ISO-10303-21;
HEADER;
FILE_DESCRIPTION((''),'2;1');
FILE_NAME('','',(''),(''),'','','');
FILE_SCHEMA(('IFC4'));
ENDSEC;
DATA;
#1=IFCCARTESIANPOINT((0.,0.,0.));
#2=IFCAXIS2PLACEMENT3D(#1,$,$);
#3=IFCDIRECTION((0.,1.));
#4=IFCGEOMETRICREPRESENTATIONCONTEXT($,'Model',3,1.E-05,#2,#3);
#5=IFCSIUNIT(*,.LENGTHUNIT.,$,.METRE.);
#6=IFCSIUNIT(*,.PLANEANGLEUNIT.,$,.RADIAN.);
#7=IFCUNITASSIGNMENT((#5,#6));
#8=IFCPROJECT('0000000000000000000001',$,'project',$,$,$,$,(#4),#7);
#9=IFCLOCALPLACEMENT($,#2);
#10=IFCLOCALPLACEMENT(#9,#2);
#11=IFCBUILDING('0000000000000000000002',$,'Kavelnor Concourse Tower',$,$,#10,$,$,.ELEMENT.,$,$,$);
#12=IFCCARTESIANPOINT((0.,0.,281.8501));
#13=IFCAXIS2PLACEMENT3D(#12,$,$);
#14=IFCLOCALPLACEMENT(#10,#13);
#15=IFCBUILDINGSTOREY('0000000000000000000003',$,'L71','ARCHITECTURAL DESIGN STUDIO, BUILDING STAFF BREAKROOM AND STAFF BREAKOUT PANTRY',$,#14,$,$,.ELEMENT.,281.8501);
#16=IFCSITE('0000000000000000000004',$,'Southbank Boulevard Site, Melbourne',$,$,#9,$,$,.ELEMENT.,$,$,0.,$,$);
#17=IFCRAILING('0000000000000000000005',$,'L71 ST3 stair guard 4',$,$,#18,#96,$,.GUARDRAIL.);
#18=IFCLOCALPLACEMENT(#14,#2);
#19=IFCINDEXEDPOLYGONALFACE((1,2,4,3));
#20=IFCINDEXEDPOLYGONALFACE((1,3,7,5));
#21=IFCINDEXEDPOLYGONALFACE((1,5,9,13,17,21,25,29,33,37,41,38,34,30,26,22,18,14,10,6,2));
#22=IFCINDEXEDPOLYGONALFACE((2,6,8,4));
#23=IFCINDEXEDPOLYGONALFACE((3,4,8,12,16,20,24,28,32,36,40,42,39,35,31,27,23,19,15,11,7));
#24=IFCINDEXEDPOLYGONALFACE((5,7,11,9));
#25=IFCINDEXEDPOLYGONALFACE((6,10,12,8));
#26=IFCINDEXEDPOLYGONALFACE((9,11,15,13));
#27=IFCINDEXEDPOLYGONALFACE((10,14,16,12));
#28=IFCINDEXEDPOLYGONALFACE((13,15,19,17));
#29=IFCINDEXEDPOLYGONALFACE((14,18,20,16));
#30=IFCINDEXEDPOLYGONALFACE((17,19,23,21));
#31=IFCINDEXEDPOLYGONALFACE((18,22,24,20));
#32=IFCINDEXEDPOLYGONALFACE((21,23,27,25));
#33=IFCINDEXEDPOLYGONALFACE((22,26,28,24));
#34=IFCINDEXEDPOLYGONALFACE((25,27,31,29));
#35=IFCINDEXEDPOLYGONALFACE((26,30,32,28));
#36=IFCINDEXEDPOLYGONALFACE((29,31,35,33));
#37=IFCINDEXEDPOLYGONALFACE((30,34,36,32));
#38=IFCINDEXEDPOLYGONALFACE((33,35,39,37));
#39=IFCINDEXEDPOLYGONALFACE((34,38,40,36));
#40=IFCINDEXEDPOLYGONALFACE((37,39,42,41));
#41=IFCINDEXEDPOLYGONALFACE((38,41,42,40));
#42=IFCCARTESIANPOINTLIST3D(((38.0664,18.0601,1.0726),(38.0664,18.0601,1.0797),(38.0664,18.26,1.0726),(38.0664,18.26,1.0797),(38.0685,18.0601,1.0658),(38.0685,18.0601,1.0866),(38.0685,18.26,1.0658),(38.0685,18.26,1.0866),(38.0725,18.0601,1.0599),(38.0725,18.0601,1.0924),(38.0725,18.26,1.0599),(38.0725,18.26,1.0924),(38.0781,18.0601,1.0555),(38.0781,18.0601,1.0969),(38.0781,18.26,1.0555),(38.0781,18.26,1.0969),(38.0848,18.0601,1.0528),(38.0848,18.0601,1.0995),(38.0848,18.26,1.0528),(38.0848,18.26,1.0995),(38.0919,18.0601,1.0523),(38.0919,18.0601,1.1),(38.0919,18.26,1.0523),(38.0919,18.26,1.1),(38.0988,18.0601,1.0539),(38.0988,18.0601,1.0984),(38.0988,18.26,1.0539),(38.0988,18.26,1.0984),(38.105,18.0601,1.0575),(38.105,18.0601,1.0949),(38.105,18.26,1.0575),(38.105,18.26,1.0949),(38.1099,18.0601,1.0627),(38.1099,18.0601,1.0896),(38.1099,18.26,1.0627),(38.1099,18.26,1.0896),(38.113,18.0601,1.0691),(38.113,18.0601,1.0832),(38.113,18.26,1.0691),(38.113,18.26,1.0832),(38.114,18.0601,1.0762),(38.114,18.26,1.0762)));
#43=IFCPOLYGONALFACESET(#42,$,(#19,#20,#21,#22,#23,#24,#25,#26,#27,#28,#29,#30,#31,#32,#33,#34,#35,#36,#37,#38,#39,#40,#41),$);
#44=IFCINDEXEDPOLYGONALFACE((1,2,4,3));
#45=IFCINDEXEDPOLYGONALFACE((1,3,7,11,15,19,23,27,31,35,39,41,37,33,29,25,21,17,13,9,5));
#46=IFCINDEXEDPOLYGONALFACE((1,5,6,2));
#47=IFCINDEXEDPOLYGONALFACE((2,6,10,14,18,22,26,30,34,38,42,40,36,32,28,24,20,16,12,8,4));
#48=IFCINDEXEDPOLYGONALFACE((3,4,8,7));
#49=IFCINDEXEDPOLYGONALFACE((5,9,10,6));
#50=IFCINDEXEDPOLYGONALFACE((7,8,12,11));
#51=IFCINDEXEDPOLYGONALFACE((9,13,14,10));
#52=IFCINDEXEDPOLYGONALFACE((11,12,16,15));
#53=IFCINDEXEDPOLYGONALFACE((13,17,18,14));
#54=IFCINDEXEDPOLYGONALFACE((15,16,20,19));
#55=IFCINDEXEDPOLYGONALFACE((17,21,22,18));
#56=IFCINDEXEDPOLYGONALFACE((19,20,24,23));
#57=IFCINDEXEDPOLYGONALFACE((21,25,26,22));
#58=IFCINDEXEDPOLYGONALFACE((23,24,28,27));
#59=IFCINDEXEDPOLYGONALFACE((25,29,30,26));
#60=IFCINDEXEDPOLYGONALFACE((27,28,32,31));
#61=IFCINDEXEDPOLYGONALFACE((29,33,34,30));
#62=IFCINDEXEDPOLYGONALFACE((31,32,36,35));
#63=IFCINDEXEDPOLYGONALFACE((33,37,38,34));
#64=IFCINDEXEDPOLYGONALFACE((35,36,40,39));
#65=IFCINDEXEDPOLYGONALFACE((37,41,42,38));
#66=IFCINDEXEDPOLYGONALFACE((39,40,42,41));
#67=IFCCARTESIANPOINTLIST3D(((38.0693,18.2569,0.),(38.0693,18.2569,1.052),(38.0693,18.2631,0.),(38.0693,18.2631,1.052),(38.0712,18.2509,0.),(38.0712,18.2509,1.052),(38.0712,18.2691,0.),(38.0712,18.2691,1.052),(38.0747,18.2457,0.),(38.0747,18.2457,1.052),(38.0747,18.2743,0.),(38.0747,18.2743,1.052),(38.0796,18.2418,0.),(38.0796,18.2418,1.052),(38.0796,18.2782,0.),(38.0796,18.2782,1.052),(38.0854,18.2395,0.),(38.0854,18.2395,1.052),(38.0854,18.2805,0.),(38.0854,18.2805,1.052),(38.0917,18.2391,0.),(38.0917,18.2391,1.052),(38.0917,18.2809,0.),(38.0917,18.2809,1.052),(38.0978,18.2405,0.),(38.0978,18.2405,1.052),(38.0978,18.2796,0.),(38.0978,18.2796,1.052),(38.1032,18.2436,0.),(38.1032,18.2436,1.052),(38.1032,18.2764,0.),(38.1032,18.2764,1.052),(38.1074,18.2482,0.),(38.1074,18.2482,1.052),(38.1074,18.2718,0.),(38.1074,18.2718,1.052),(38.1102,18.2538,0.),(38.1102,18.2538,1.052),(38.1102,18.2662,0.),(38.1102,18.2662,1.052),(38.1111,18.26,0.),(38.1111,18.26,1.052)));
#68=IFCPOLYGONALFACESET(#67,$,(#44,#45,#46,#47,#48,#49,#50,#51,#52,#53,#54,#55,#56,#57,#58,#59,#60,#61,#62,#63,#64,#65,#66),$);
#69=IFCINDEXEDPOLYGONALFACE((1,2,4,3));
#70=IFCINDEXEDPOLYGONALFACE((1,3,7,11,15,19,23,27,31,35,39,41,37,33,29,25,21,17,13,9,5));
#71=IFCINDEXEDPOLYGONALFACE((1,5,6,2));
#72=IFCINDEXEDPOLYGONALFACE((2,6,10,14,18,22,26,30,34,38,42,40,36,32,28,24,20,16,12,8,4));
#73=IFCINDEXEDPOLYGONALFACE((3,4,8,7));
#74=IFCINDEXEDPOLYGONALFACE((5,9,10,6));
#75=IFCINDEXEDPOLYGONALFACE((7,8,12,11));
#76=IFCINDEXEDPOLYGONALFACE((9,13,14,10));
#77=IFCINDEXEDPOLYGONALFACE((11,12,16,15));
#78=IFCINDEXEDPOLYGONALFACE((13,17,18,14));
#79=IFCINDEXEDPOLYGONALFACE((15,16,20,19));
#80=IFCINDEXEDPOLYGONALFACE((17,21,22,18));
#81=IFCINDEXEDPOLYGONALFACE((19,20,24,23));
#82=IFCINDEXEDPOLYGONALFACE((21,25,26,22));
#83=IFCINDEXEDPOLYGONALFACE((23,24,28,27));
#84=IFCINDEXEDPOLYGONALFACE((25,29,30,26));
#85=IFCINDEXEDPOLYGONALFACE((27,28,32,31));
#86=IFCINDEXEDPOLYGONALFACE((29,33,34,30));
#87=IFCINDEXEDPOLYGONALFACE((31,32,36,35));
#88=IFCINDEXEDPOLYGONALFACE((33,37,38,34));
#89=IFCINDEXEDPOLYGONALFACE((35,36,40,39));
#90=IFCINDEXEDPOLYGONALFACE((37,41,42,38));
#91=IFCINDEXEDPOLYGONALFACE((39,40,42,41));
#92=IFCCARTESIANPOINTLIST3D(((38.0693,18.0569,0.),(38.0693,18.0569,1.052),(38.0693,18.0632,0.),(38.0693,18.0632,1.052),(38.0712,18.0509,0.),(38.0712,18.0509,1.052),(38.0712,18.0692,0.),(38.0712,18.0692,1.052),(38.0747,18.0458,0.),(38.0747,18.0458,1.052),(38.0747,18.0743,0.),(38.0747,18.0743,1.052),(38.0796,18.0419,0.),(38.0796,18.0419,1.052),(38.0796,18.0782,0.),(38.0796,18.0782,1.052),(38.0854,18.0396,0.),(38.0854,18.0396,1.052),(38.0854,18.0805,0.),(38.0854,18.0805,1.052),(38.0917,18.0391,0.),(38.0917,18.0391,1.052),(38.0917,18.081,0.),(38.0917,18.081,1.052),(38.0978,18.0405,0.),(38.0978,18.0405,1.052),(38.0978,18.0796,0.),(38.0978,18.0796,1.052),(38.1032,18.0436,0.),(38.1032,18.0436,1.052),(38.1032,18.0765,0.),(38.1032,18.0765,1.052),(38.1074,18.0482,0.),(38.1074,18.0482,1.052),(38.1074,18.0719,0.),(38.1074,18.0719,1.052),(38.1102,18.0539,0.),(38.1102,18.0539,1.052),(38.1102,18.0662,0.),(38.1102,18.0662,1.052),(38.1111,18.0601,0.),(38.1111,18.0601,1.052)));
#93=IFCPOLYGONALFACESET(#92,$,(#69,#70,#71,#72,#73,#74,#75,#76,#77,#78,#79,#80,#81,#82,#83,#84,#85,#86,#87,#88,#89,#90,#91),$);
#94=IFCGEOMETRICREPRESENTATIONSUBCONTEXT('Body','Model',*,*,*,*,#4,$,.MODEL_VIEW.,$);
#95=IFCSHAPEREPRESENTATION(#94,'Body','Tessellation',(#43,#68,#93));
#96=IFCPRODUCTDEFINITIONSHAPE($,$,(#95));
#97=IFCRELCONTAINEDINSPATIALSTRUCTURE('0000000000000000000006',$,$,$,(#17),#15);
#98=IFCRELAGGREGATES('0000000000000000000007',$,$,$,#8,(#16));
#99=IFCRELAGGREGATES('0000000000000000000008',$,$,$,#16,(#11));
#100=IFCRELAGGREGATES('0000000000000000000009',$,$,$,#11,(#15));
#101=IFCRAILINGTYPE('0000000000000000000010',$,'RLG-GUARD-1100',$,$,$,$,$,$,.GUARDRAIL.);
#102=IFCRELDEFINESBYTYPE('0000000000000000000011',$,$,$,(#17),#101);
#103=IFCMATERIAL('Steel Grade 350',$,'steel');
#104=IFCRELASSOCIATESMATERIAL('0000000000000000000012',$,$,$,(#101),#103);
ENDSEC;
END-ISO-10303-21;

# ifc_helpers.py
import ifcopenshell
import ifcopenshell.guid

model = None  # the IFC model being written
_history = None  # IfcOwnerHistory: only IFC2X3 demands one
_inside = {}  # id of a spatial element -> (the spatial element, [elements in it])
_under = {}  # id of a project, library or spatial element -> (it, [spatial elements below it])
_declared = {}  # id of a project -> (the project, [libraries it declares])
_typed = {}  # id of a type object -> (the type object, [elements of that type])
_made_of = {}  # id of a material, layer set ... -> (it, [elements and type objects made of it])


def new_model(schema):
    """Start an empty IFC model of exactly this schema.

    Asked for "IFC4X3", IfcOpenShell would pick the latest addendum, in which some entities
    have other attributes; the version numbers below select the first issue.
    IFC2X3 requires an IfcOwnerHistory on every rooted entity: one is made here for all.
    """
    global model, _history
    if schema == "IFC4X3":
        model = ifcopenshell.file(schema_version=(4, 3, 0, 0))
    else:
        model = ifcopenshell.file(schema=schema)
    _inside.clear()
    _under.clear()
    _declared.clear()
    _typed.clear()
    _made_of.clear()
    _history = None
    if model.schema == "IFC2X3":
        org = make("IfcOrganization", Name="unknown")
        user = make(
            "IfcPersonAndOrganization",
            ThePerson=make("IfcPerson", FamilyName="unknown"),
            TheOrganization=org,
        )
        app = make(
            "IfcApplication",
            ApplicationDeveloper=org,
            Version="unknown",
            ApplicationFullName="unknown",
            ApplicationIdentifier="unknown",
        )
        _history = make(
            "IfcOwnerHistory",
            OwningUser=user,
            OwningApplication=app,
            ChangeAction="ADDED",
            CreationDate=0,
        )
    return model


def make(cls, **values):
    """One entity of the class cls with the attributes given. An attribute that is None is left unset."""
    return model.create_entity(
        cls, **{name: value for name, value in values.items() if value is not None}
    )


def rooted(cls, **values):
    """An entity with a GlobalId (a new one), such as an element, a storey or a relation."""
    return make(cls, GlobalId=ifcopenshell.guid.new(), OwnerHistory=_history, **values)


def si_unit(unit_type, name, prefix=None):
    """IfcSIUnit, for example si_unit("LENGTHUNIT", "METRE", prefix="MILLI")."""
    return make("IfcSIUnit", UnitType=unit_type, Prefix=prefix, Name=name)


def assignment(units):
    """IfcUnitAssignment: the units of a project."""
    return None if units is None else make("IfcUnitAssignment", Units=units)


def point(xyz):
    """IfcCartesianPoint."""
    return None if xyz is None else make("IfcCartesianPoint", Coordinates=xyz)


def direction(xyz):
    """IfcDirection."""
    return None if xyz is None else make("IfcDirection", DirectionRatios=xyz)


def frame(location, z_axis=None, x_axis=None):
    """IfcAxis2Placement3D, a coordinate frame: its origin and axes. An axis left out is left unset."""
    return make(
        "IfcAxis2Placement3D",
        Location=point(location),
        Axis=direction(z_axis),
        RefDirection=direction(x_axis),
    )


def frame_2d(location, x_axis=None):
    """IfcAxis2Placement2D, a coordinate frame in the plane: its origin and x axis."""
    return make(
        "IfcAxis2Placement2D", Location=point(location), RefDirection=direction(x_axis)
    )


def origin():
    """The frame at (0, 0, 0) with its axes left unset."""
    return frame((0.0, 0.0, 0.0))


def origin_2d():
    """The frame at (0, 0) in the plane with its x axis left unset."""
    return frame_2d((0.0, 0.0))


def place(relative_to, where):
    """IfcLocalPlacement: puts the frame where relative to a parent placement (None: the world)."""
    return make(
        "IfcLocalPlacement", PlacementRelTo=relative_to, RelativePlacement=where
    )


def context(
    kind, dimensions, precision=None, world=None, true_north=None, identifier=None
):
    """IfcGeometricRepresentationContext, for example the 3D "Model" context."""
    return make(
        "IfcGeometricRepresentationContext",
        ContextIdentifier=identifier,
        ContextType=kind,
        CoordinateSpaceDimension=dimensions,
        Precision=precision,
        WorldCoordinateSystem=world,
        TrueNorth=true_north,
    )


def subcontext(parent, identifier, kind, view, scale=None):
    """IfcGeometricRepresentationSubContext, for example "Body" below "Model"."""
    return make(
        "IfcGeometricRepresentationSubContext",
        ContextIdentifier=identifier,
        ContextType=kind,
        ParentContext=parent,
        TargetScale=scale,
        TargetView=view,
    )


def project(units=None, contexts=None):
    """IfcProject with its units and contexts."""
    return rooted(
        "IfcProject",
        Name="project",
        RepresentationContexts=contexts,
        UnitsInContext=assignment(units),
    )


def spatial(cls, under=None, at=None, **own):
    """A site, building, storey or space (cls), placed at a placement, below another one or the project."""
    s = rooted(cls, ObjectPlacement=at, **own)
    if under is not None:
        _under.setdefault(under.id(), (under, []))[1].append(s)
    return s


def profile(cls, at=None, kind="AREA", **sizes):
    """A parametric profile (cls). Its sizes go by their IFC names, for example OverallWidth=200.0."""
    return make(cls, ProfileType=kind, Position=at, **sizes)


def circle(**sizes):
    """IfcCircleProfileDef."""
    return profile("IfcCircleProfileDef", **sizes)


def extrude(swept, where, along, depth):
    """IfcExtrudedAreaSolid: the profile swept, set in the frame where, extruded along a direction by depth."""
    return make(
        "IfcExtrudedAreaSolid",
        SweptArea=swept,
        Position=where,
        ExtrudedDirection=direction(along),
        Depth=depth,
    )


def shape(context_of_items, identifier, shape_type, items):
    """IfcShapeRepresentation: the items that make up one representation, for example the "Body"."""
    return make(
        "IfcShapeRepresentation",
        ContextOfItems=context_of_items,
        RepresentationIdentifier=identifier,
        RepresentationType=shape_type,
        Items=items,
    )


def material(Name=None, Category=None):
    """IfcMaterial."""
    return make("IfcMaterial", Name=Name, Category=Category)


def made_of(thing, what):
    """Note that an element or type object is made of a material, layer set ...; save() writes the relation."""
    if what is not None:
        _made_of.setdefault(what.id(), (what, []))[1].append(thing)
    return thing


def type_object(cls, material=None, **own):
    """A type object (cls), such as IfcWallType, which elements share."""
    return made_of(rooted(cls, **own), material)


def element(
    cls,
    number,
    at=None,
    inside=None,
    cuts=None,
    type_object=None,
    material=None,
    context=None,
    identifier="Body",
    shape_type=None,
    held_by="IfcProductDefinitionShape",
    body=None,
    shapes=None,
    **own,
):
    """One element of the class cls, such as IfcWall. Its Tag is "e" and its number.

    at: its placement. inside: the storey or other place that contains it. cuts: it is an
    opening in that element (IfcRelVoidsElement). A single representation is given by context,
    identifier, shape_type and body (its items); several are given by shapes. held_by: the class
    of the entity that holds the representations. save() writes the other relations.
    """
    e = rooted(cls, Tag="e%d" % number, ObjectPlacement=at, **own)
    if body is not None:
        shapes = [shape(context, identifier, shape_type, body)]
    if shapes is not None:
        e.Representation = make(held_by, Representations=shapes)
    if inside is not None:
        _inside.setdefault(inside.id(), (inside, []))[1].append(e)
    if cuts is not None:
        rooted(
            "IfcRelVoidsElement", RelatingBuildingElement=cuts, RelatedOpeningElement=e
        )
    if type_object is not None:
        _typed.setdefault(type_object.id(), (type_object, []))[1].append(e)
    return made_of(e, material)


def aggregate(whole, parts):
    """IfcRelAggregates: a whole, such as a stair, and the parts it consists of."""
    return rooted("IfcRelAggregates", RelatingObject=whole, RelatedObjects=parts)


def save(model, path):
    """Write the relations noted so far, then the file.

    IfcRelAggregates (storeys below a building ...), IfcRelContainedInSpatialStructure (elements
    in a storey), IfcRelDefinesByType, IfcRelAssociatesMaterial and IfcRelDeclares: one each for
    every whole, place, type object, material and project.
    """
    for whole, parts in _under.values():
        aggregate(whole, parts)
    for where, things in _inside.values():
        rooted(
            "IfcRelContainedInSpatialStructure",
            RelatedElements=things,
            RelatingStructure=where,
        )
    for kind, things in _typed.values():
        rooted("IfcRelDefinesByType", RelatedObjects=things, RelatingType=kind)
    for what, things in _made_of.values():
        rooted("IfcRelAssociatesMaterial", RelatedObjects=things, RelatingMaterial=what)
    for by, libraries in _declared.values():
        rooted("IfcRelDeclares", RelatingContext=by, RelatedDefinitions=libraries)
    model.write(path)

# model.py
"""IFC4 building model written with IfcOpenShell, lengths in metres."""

from ifc_helpers import new_model, si_unit, direction, frame, origin, origin_2d, place, context, subcontext, project, spatial, circle, extrude, material, type_object, element, save


model = new_model("IFC4")

# Units and contexts
model_context = context("Model", 3, precision=1e-05, world=origin(), true_north=direction((0.0, 1.0)))
body_context = subcontext(model_context, "Body", "Model", "MODEL_VIEW")
ifc_project = project(units=[si_unit("LENGTHUNIT", "METRE"), si_unit("PLANEANGLEUNIT", "RADIAN")], contexts=[model_context])

# Site, building, storey
site_placement = place(None, origin())
site = spatial("IfcSite", under=ifc_project, at=site_placement, Name="Southbank Boulevard Site, Melbourne", CompositionType="ELEMENT", RefElevation=0.0)
building_placement = place(site_placement, origin())
building = spatial("IfcBuilding", under=site, at=building_placement, Name="Kavelnor Concourse Tower", CompositionType="ELEMENT")
storey_placement = place(building_placement, frame((0.0, 0.0, 281.8501)))
storey = spatial("IfcBuildingStorey", under=building, at=storey_placement, Name="L71", Description="ARCHITECTURAL DESIGN STUDIO, BUILDING STAFF BREAKROOM AND STAFF BREAKOUT PANTRY", CompositionType="ELEMENT", Elevation=281.8501)

# Shared definitions
ifc_material_1 = material(Name="Steel Grade 350", Category="steel")

# Railing
railing_type_1 = type_object("IfcRailingType", Name="RLG-GUARD-1100", PredefinedType="GUARDRAIL", material=ifc_material_1)
railing_1_placement = place(storey_placement, frame((38.0901, 18.26, 0.0)))
element("IfcRailing", 1, at=railing_1_placement, inside=storey, type_object=railing_type_1, Name="L71 ST3 stair guard 4", PredefinedType="GUARDRAIL", context=body_context, shape_type="SweptSolid", body=[
    extrude(circle(Radius=0.0239, at=origin_2d()), frame((0.0, 0.0, 1.0762), z_axis=(0.0, -1.0, 0.0), x_axis=(1.0, 0.0, 0.0)), (0.0, 0.0, 1.0), 0.2),
    extrude(circle(Radius=0.021, at=origin_2d()), origin(), (0.0, 0.0, 1.0), 1.052),
    extrude(circle(Radius=0.021, at=origin_2d()), frame((0.0, -0.2, 0.0)), (0.0, 0.0, 1.0), 1.052),
])

save(model, "model.ifc")
